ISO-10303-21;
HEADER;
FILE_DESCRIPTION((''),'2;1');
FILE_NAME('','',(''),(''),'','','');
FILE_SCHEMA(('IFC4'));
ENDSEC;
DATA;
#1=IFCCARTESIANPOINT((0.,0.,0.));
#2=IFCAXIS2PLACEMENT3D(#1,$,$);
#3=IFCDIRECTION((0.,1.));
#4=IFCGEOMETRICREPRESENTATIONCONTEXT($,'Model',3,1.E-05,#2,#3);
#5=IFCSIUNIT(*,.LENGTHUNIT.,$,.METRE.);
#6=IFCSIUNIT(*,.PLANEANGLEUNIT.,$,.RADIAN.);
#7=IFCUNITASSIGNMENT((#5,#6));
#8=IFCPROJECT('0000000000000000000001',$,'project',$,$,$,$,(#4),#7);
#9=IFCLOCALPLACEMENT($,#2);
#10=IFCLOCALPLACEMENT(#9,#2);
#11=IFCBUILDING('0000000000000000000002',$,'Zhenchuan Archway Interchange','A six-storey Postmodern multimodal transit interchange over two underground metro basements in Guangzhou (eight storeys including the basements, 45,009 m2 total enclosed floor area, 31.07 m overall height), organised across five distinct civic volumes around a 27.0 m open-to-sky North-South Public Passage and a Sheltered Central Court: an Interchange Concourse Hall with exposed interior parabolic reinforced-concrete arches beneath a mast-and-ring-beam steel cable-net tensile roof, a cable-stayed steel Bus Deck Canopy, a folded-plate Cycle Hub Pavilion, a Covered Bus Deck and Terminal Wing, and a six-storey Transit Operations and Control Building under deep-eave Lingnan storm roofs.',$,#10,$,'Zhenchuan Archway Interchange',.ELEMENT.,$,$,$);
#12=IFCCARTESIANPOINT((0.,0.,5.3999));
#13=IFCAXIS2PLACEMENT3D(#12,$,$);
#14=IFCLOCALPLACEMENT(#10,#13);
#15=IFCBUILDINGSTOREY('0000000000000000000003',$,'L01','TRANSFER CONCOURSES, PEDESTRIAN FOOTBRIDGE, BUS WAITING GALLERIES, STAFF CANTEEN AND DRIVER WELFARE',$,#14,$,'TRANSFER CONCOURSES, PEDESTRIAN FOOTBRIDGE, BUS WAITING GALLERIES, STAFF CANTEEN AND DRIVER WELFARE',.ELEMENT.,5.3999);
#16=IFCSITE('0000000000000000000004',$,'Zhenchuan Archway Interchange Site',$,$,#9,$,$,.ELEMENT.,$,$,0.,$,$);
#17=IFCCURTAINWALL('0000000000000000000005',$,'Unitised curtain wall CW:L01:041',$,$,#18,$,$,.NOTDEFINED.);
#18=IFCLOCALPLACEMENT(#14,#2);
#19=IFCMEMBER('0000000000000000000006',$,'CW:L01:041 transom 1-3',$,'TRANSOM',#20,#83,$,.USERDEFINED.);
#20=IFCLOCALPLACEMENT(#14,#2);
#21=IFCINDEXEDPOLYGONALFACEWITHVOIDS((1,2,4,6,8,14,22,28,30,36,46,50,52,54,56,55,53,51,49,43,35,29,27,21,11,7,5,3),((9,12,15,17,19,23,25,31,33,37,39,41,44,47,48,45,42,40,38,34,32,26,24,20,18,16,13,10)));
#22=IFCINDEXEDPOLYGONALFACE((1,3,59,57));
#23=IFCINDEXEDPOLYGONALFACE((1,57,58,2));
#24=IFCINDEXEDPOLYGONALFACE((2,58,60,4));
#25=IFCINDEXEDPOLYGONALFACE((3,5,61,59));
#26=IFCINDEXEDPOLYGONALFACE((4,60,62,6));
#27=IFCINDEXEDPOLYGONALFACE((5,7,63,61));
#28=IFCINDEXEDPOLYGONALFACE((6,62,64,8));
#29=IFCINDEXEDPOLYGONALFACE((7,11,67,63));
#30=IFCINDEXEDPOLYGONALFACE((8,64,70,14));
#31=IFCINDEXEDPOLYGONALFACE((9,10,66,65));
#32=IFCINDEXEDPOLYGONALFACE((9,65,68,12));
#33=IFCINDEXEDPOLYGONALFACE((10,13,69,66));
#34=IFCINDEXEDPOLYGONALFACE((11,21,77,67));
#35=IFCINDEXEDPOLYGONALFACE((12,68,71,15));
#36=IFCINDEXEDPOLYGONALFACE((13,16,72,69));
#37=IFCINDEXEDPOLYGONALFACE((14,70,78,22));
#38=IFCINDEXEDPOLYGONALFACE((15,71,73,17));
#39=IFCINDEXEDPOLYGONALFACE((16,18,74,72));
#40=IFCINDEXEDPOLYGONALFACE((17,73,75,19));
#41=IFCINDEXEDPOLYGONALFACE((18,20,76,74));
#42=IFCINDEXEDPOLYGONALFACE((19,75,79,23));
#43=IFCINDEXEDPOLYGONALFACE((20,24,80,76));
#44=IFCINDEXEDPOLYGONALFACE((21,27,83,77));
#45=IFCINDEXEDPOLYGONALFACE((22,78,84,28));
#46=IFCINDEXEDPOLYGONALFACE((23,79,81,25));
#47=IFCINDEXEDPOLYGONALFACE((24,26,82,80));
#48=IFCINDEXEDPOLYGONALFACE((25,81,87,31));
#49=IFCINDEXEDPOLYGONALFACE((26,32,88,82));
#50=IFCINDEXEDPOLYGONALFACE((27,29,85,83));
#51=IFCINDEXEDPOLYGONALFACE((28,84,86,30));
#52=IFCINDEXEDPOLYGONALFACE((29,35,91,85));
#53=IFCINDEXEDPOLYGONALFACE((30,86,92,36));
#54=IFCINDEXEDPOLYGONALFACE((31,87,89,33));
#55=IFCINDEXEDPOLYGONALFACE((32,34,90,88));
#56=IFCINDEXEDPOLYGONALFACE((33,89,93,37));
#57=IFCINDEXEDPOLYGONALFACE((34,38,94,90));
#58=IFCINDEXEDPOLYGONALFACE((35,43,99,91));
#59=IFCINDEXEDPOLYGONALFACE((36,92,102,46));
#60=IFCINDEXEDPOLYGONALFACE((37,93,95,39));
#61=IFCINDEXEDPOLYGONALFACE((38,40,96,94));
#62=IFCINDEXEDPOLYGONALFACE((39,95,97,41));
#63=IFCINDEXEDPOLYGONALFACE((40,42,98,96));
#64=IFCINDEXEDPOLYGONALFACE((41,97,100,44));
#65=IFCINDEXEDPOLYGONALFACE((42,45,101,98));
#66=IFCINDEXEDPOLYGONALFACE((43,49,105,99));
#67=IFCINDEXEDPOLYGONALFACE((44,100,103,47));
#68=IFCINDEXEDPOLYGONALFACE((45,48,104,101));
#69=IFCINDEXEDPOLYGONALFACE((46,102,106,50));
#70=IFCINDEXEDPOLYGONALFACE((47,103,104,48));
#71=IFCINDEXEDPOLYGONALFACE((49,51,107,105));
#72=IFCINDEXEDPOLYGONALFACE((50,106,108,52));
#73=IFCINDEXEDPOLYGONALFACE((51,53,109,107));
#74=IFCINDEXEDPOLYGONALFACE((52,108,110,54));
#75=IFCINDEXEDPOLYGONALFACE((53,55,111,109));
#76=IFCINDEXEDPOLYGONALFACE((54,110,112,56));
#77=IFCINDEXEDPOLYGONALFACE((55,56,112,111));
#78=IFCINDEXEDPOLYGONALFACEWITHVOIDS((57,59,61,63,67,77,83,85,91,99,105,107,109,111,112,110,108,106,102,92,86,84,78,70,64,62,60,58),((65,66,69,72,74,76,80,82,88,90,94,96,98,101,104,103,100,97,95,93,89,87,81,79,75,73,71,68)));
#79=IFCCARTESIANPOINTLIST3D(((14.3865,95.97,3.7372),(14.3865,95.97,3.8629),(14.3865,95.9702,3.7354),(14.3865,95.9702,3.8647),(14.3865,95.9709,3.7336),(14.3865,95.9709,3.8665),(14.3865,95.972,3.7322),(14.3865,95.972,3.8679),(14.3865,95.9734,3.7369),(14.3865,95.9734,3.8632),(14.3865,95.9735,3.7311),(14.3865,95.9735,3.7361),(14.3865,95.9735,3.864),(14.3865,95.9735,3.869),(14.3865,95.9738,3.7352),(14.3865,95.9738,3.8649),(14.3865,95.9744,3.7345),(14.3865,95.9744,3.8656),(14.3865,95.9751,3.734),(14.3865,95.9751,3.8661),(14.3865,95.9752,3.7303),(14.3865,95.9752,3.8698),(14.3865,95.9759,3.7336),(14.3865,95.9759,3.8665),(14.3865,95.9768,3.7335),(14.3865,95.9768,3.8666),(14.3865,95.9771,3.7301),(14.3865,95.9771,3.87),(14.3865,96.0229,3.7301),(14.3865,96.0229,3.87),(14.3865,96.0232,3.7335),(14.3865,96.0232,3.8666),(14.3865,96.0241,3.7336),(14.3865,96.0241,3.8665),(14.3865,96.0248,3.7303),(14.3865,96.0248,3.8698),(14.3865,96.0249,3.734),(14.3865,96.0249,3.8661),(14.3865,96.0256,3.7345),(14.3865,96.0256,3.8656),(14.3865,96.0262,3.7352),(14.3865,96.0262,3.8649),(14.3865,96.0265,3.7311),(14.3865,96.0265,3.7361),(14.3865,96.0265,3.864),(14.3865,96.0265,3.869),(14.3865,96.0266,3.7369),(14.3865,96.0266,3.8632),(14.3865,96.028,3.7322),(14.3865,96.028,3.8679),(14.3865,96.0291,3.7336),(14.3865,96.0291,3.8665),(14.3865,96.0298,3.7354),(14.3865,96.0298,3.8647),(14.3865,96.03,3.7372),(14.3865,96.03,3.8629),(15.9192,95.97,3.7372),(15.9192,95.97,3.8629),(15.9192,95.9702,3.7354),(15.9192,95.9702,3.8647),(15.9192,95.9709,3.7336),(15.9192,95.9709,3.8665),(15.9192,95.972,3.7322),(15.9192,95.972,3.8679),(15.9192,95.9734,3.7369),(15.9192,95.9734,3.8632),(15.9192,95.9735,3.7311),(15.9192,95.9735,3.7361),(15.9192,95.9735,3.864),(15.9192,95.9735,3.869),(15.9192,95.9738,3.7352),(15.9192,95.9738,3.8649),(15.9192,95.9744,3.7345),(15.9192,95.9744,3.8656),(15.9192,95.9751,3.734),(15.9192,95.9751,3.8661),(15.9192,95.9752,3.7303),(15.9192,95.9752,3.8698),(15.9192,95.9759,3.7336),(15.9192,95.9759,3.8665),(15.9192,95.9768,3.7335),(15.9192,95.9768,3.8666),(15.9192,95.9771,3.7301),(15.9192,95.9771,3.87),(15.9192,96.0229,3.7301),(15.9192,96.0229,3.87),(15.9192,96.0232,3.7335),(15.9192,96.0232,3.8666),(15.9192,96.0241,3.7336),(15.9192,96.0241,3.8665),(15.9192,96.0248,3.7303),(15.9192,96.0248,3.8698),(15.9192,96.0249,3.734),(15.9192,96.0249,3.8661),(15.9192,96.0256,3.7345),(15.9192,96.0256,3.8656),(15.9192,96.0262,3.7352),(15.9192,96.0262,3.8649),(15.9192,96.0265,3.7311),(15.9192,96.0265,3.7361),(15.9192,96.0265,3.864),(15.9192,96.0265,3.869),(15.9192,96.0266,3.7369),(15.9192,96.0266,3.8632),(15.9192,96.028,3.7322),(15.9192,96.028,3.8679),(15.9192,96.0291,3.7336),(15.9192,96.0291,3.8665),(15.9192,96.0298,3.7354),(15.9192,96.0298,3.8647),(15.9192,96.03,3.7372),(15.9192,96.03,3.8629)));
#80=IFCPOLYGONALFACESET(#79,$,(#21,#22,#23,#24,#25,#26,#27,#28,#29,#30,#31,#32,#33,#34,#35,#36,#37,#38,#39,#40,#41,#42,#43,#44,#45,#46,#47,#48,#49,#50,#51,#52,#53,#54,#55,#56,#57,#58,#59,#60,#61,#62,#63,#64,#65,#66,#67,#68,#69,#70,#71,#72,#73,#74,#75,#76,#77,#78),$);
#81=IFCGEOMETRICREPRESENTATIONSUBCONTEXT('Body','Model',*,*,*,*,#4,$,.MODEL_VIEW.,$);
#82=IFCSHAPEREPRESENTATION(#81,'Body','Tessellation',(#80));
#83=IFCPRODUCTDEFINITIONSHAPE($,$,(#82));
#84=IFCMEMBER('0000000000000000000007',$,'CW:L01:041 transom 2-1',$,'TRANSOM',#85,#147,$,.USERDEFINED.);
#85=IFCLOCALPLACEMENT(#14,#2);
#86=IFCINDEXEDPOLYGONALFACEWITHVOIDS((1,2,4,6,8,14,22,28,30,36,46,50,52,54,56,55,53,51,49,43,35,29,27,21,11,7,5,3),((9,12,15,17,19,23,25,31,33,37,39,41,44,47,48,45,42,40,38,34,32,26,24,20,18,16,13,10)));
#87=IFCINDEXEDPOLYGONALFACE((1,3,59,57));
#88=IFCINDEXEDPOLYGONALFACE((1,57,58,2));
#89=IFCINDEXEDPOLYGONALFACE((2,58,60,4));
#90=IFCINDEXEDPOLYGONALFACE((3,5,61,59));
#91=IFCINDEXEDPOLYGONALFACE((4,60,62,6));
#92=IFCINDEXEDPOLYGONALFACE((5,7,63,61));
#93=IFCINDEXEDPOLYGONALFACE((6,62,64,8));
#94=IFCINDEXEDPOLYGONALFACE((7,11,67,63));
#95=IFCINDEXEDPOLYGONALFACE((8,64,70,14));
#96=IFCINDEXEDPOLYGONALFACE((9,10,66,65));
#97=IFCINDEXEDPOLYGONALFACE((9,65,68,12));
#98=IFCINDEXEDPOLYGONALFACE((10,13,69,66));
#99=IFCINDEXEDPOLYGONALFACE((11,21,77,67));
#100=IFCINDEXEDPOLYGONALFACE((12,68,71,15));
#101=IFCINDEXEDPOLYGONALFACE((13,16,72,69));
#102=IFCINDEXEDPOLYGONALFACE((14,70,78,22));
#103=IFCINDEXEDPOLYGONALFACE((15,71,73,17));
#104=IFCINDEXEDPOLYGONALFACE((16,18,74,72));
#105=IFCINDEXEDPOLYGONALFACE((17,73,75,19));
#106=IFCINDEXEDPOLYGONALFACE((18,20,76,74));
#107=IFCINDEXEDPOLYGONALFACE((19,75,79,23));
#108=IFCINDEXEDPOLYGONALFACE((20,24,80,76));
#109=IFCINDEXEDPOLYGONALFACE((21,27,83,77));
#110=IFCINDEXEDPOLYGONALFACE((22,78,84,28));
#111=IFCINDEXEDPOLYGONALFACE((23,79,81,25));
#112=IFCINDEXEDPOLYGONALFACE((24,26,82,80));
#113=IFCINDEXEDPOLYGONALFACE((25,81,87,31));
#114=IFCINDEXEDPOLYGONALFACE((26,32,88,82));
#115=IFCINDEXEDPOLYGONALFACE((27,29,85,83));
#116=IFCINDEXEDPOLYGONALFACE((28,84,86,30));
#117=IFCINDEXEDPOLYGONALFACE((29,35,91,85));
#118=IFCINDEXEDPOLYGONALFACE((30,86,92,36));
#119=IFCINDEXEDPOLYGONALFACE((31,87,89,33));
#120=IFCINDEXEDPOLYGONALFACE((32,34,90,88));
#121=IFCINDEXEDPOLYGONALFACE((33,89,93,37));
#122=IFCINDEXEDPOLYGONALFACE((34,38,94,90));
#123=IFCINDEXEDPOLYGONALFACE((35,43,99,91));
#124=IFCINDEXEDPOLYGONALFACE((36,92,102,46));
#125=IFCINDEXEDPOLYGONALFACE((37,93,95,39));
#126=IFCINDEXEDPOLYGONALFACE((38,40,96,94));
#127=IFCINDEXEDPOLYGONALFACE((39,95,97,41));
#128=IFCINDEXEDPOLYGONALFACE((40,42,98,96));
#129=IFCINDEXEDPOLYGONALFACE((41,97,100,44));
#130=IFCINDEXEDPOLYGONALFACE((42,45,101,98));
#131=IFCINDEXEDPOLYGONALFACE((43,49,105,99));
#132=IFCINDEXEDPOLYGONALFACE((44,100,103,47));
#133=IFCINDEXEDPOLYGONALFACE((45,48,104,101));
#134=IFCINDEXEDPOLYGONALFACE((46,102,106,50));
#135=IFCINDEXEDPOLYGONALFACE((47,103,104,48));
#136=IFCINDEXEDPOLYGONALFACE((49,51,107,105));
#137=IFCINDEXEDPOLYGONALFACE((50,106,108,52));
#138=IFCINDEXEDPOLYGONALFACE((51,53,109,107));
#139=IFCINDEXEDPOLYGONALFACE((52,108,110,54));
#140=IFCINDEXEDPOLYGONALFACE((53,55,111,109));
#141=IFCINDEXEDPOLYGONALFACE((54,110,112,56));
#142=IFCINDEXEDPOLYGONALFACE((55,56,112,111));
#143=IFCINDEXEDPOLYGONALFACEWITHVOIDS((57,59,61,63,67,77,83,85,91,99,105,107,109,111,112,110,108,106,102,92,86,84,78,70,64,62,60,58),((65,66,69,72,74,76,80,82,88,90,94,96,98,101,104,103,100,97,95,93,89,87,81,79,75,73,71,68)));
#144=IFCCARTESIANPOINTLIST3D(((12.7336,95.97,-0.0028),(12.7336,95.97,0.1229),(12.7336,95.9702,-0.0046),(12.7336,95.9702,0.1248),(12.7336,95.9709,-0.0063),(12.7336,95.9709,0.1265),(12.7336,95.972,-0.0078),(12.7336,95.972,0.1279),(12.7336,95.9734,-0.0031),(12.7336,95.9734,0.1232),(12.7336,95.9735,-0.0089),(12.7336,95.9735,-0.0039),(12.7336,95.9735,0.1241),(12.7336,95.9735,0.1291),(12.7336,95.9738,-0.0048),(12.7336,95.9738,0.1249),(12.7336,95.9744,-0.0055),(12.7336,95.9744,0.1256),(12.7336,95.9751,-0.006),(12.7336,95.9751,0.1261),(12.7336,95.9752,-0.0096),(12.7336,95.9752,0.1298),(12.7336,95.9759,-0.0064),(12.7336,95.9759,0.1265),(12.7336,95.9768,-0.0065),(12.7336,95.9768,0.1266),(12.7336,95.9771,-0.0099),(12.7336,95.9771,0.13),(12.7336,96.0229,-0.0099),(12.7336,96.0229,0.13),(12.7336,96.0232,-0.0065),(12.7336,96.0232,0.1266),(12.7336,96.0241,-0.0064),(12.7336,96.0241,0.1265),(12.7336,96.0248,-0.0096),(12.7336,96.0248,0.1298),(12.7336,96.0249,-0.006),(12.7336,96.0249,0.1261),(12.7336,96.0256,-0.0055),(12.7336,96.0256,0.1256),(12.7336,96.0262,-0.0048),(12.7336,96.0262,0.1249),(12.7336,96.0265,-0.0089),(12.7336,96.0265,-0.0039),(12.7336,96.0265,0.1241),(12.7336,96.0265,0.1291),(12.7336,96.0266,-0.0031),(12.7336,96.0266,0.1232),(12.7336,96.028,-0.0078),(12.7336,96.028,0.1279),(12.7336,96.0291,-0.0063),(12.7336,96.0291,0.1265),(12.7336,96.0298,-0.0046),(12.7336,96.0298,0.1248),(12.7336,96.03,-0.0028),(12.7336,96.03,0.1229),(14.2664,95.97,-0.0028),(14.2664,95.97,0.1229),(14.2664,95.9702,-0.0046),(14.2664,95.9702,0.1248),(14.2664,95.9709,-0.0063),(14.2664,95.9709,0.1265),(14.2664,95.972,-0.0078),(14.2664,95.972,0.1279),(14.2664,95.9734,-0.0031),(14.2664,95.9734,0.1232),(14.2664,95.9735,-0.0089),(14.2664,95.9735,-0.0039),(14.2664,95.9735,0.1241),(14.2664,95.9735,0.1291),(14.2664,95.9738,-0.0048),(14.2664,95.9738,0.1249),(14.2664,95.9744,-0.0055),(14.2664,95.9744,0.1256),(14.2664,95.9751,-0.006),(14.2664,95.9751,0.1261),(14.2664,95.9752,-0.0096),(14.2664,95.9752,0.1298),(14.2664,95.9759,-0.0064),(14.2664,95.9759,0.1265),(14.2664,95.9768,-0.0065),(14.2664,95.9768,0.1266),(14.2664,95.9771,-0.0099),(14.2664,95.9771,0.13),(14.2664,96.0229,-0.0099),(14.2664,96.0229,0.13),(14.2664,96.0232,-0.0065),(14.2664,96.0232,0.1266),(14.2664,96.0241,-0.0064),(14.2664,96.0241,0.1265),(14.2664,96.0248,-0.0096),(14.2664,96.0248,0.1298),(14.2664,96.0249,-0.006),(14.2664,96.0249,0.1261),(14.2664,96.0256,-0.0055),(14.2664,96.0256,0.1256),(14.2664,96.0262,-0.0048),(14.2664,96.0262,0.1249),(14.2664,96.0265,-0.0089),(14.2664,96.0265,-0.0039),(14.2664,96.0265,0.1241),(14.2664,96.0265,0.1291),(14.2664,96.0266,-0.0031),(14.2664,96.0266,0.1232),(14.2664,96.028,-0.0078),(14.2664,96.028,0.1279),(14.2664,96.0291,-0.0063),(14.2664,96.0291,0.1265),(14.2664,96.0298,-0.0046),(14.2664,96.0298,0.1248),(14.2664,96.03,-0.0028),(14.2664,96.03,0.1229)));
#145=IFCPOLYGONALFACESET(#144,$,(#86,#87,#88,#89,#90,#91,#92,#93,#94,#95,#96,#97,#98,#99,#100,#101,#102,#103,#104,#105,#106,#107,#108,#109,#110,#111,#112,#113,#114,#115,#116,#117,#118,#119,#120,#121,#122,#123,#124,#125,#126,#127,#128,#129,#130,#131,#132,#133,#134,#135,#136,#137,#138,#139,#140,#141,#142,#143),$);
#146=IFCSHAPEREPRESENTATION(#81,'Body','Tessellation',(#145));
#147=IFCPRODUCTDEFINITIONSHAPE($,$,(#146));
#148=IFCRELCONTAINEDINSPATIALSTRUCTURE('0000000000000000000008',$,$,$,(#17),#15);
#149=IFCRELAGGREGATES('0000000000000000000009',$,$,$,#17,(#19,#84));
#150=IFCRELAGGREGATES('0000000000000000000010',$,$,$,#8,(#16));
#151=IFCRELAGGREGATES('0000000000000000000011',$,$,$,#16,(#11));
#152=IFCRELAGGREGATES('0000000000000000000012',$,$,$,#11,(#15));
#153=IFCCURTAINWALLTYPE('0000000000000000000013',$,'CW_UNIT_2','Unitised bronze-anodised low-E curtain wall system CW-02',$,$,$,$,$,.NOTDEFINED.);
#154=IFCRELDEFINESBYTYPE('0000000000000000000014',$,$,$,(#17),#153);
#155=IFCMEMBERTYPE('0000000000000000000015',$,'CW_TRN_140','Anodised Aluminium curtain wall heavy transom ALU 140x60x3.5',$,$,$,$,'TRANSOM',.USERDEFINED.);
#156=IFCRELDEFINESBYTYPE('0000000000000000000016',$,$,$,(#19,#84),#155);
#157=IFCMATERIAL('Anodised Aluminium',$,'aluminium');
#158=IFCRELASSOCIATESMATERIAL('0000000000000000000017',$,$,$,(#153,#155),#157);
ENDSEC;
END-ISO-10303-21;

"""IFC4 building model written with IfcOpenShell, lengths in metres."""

from ifc_helpers import new_model, si_unit, direction, frame, origin, origin_2d, place, context, subcontext, project, spatial, hollow_rectangle, extrude, material, material_profile, profile_set, type_object, element, aggregate, save


model = new_model("IFC4")

# Units and contexts
model_context = context("Model", 3, precision=1e-05, world=origin(), true_north=direction((0.0, 1.0)))
body_context = subcontext(model_context, "Body", "Model", "MODEL_VIEW")
ifc_project = project(units=[si_unit("LENGTHUNIT", "METRE"), si_unit("PLANEANGLEUNIT", "RADIAN")], contexts=[model_context])

# Site, building, storey
site_placement = place(None, origin())
site = spatial("IfcSite", under=ifc_project, at=site_placement, Name="Zhenchuan Archway Interchange Site", CompositionType="ELEMENT", RefElevation=0.0)
building_placement = place(site_placement, origin())
building = spatial("IfcBuilding", under=site, at=building_placement, Name="Zhenchuan Archway Interchange", Description="A six-storey Postmodern multimodal transit interchange over two underground metro basements in Guangzhou (eight storeys including the basements, 45,009 m2 total enclosed floor area, 31.07 m overall height), organised across five distinct civic volumes around a 27.0 m open-to-sky North-South Public Passage and a Sheltered Central Court: an Interchange Concourse Hall with exposed interior parabolic reinforced-concrete arches beneath a mast-and-ring-beam steel cable-net tensile roof, a cable-stayed steel Bus Deck Canopy, a folded-plate Cycle Hub Pavilion, a Covered Bus Deck and Terminal Wing, and a six-storey Transit Operations and Control Building under deep-eave Lingnan storm roofs.", LongName="Zhenchuan Archway Interchange", CompositionType="ELEMENT")
storey_placement = place(building_placement, frame((0.0, 0.0, 5.3999)))
storey = spatial("IfcBuildingStorey", under=building, at=storey_placement, Name="L01", Description="TRANSFER CONCOURSES, PEDESTRIAN FOOTBRIDGE, BUS WAITING GALLERIES, STAFF CANTEEN AND DRIVER WELFARE", LongName="TRANSFER CONCOURSES, PEDESTRIAN FOOTBRIDGE, BUS WAITING GALLERIES, STAFF CANTEEN AND DRIVER WELFARE", CompositionType="ELEMENT", Elevation=5.3999)

# Curtain wall, members
ifc_material_1 = material(Name="Anodised Aluminium", Category="aluminium")
curtain_wall_type = type_object("IfcCurtainWallType", Name="CW_UNIT_2", Description="Unitised bronze-anodised low-E curtain wall system CW-02", PredefinedType="NOTDEFINED", material=ifc_material_1)
curtain_wall_placement = place(storey_placement, origin())
curtain_wall = element("IfcCurtainWall", 1, at=curtain_wall_placement, inside=storey, type_object=curtain_wall_type, Name="Unitised curtain wall CW:L01:041", PredefinedType="NOTDEFINED")
ifc_material_profile_1 = material_profile(ifc_material_1, hollow_rectangle(XDim=0.0601, YDim=0.1399, WallThickness=0.0034, InnerFilletRadius=0.0034, OuterFilletRadius=0.0071, at=origin_2d()), Name="ALU 140x60x3.5")
ifc_profile_set_1 = profile_set([ifc_material_profile_1], Name="Anodised Aluminium")
member_type_1 = type_object("IfcMemberType", Name="CW_TRN_140", Description="Anodised Aluminium curtain wall heavy transom ALU 140x60x3.5", ElementType="TRANSOM", PredefinedType="USERDEFINED", material=ifc_profile_set_1)
member_1_placement = place(storey_placement, frame((15.9192, 96.0, 3.8), z_axis=(-1.0, 0.0, 0.0), x_axis=(0.0, -1.0, 0.0)))
member_1 = element("IfcMember", 2, at=member_1_placement, type_object=member_type_1, Name="CW:L01:041 transom 1-3", ObjectType="TRANSOM", PredefinedType="USERDEFINED", context=body_context, shape_type="SweptSolid", body=[
    extrude(hollow_rectangle(XDim=0.0601, YDim=0.1399, WallThickness=0.0034, InnerFilletRadius=0.0034, OuterFilletRadius=0.0071, at=origin_2d()), origin(), (0.0, 0.0, 1.0), 1.5327),
])
member_2_placement = place(storey_placement, frame((14.2664, 96.0, 0.0601), z_axis=(-1.0, 0.0, 0.0), x_axis=(0.0, -1.0, 0.0)))
member_2 = element("IfcMember", 3, at=member_2_placement, type_object=member_type_1, Name="CW:L01:041 transom 2-1", ObjectType="TRANSOM", PredefinedType="USERDEFINED", context=body_context, shape_type="SweptSolid", body=[
    extrude(hollow_rectangle(XDim=0.0601, YDim=0.1399, WallThickness=0.0034, InnerFilletRadius=0.0034, OuterFilletRadius=0.0071, at=origin_2d()), origin(), (0.0, 0.0, 1.0), 1.5327),
])

aggregate(curtain_wall, [member_1, member_2])

save(model, "model.ifc")
